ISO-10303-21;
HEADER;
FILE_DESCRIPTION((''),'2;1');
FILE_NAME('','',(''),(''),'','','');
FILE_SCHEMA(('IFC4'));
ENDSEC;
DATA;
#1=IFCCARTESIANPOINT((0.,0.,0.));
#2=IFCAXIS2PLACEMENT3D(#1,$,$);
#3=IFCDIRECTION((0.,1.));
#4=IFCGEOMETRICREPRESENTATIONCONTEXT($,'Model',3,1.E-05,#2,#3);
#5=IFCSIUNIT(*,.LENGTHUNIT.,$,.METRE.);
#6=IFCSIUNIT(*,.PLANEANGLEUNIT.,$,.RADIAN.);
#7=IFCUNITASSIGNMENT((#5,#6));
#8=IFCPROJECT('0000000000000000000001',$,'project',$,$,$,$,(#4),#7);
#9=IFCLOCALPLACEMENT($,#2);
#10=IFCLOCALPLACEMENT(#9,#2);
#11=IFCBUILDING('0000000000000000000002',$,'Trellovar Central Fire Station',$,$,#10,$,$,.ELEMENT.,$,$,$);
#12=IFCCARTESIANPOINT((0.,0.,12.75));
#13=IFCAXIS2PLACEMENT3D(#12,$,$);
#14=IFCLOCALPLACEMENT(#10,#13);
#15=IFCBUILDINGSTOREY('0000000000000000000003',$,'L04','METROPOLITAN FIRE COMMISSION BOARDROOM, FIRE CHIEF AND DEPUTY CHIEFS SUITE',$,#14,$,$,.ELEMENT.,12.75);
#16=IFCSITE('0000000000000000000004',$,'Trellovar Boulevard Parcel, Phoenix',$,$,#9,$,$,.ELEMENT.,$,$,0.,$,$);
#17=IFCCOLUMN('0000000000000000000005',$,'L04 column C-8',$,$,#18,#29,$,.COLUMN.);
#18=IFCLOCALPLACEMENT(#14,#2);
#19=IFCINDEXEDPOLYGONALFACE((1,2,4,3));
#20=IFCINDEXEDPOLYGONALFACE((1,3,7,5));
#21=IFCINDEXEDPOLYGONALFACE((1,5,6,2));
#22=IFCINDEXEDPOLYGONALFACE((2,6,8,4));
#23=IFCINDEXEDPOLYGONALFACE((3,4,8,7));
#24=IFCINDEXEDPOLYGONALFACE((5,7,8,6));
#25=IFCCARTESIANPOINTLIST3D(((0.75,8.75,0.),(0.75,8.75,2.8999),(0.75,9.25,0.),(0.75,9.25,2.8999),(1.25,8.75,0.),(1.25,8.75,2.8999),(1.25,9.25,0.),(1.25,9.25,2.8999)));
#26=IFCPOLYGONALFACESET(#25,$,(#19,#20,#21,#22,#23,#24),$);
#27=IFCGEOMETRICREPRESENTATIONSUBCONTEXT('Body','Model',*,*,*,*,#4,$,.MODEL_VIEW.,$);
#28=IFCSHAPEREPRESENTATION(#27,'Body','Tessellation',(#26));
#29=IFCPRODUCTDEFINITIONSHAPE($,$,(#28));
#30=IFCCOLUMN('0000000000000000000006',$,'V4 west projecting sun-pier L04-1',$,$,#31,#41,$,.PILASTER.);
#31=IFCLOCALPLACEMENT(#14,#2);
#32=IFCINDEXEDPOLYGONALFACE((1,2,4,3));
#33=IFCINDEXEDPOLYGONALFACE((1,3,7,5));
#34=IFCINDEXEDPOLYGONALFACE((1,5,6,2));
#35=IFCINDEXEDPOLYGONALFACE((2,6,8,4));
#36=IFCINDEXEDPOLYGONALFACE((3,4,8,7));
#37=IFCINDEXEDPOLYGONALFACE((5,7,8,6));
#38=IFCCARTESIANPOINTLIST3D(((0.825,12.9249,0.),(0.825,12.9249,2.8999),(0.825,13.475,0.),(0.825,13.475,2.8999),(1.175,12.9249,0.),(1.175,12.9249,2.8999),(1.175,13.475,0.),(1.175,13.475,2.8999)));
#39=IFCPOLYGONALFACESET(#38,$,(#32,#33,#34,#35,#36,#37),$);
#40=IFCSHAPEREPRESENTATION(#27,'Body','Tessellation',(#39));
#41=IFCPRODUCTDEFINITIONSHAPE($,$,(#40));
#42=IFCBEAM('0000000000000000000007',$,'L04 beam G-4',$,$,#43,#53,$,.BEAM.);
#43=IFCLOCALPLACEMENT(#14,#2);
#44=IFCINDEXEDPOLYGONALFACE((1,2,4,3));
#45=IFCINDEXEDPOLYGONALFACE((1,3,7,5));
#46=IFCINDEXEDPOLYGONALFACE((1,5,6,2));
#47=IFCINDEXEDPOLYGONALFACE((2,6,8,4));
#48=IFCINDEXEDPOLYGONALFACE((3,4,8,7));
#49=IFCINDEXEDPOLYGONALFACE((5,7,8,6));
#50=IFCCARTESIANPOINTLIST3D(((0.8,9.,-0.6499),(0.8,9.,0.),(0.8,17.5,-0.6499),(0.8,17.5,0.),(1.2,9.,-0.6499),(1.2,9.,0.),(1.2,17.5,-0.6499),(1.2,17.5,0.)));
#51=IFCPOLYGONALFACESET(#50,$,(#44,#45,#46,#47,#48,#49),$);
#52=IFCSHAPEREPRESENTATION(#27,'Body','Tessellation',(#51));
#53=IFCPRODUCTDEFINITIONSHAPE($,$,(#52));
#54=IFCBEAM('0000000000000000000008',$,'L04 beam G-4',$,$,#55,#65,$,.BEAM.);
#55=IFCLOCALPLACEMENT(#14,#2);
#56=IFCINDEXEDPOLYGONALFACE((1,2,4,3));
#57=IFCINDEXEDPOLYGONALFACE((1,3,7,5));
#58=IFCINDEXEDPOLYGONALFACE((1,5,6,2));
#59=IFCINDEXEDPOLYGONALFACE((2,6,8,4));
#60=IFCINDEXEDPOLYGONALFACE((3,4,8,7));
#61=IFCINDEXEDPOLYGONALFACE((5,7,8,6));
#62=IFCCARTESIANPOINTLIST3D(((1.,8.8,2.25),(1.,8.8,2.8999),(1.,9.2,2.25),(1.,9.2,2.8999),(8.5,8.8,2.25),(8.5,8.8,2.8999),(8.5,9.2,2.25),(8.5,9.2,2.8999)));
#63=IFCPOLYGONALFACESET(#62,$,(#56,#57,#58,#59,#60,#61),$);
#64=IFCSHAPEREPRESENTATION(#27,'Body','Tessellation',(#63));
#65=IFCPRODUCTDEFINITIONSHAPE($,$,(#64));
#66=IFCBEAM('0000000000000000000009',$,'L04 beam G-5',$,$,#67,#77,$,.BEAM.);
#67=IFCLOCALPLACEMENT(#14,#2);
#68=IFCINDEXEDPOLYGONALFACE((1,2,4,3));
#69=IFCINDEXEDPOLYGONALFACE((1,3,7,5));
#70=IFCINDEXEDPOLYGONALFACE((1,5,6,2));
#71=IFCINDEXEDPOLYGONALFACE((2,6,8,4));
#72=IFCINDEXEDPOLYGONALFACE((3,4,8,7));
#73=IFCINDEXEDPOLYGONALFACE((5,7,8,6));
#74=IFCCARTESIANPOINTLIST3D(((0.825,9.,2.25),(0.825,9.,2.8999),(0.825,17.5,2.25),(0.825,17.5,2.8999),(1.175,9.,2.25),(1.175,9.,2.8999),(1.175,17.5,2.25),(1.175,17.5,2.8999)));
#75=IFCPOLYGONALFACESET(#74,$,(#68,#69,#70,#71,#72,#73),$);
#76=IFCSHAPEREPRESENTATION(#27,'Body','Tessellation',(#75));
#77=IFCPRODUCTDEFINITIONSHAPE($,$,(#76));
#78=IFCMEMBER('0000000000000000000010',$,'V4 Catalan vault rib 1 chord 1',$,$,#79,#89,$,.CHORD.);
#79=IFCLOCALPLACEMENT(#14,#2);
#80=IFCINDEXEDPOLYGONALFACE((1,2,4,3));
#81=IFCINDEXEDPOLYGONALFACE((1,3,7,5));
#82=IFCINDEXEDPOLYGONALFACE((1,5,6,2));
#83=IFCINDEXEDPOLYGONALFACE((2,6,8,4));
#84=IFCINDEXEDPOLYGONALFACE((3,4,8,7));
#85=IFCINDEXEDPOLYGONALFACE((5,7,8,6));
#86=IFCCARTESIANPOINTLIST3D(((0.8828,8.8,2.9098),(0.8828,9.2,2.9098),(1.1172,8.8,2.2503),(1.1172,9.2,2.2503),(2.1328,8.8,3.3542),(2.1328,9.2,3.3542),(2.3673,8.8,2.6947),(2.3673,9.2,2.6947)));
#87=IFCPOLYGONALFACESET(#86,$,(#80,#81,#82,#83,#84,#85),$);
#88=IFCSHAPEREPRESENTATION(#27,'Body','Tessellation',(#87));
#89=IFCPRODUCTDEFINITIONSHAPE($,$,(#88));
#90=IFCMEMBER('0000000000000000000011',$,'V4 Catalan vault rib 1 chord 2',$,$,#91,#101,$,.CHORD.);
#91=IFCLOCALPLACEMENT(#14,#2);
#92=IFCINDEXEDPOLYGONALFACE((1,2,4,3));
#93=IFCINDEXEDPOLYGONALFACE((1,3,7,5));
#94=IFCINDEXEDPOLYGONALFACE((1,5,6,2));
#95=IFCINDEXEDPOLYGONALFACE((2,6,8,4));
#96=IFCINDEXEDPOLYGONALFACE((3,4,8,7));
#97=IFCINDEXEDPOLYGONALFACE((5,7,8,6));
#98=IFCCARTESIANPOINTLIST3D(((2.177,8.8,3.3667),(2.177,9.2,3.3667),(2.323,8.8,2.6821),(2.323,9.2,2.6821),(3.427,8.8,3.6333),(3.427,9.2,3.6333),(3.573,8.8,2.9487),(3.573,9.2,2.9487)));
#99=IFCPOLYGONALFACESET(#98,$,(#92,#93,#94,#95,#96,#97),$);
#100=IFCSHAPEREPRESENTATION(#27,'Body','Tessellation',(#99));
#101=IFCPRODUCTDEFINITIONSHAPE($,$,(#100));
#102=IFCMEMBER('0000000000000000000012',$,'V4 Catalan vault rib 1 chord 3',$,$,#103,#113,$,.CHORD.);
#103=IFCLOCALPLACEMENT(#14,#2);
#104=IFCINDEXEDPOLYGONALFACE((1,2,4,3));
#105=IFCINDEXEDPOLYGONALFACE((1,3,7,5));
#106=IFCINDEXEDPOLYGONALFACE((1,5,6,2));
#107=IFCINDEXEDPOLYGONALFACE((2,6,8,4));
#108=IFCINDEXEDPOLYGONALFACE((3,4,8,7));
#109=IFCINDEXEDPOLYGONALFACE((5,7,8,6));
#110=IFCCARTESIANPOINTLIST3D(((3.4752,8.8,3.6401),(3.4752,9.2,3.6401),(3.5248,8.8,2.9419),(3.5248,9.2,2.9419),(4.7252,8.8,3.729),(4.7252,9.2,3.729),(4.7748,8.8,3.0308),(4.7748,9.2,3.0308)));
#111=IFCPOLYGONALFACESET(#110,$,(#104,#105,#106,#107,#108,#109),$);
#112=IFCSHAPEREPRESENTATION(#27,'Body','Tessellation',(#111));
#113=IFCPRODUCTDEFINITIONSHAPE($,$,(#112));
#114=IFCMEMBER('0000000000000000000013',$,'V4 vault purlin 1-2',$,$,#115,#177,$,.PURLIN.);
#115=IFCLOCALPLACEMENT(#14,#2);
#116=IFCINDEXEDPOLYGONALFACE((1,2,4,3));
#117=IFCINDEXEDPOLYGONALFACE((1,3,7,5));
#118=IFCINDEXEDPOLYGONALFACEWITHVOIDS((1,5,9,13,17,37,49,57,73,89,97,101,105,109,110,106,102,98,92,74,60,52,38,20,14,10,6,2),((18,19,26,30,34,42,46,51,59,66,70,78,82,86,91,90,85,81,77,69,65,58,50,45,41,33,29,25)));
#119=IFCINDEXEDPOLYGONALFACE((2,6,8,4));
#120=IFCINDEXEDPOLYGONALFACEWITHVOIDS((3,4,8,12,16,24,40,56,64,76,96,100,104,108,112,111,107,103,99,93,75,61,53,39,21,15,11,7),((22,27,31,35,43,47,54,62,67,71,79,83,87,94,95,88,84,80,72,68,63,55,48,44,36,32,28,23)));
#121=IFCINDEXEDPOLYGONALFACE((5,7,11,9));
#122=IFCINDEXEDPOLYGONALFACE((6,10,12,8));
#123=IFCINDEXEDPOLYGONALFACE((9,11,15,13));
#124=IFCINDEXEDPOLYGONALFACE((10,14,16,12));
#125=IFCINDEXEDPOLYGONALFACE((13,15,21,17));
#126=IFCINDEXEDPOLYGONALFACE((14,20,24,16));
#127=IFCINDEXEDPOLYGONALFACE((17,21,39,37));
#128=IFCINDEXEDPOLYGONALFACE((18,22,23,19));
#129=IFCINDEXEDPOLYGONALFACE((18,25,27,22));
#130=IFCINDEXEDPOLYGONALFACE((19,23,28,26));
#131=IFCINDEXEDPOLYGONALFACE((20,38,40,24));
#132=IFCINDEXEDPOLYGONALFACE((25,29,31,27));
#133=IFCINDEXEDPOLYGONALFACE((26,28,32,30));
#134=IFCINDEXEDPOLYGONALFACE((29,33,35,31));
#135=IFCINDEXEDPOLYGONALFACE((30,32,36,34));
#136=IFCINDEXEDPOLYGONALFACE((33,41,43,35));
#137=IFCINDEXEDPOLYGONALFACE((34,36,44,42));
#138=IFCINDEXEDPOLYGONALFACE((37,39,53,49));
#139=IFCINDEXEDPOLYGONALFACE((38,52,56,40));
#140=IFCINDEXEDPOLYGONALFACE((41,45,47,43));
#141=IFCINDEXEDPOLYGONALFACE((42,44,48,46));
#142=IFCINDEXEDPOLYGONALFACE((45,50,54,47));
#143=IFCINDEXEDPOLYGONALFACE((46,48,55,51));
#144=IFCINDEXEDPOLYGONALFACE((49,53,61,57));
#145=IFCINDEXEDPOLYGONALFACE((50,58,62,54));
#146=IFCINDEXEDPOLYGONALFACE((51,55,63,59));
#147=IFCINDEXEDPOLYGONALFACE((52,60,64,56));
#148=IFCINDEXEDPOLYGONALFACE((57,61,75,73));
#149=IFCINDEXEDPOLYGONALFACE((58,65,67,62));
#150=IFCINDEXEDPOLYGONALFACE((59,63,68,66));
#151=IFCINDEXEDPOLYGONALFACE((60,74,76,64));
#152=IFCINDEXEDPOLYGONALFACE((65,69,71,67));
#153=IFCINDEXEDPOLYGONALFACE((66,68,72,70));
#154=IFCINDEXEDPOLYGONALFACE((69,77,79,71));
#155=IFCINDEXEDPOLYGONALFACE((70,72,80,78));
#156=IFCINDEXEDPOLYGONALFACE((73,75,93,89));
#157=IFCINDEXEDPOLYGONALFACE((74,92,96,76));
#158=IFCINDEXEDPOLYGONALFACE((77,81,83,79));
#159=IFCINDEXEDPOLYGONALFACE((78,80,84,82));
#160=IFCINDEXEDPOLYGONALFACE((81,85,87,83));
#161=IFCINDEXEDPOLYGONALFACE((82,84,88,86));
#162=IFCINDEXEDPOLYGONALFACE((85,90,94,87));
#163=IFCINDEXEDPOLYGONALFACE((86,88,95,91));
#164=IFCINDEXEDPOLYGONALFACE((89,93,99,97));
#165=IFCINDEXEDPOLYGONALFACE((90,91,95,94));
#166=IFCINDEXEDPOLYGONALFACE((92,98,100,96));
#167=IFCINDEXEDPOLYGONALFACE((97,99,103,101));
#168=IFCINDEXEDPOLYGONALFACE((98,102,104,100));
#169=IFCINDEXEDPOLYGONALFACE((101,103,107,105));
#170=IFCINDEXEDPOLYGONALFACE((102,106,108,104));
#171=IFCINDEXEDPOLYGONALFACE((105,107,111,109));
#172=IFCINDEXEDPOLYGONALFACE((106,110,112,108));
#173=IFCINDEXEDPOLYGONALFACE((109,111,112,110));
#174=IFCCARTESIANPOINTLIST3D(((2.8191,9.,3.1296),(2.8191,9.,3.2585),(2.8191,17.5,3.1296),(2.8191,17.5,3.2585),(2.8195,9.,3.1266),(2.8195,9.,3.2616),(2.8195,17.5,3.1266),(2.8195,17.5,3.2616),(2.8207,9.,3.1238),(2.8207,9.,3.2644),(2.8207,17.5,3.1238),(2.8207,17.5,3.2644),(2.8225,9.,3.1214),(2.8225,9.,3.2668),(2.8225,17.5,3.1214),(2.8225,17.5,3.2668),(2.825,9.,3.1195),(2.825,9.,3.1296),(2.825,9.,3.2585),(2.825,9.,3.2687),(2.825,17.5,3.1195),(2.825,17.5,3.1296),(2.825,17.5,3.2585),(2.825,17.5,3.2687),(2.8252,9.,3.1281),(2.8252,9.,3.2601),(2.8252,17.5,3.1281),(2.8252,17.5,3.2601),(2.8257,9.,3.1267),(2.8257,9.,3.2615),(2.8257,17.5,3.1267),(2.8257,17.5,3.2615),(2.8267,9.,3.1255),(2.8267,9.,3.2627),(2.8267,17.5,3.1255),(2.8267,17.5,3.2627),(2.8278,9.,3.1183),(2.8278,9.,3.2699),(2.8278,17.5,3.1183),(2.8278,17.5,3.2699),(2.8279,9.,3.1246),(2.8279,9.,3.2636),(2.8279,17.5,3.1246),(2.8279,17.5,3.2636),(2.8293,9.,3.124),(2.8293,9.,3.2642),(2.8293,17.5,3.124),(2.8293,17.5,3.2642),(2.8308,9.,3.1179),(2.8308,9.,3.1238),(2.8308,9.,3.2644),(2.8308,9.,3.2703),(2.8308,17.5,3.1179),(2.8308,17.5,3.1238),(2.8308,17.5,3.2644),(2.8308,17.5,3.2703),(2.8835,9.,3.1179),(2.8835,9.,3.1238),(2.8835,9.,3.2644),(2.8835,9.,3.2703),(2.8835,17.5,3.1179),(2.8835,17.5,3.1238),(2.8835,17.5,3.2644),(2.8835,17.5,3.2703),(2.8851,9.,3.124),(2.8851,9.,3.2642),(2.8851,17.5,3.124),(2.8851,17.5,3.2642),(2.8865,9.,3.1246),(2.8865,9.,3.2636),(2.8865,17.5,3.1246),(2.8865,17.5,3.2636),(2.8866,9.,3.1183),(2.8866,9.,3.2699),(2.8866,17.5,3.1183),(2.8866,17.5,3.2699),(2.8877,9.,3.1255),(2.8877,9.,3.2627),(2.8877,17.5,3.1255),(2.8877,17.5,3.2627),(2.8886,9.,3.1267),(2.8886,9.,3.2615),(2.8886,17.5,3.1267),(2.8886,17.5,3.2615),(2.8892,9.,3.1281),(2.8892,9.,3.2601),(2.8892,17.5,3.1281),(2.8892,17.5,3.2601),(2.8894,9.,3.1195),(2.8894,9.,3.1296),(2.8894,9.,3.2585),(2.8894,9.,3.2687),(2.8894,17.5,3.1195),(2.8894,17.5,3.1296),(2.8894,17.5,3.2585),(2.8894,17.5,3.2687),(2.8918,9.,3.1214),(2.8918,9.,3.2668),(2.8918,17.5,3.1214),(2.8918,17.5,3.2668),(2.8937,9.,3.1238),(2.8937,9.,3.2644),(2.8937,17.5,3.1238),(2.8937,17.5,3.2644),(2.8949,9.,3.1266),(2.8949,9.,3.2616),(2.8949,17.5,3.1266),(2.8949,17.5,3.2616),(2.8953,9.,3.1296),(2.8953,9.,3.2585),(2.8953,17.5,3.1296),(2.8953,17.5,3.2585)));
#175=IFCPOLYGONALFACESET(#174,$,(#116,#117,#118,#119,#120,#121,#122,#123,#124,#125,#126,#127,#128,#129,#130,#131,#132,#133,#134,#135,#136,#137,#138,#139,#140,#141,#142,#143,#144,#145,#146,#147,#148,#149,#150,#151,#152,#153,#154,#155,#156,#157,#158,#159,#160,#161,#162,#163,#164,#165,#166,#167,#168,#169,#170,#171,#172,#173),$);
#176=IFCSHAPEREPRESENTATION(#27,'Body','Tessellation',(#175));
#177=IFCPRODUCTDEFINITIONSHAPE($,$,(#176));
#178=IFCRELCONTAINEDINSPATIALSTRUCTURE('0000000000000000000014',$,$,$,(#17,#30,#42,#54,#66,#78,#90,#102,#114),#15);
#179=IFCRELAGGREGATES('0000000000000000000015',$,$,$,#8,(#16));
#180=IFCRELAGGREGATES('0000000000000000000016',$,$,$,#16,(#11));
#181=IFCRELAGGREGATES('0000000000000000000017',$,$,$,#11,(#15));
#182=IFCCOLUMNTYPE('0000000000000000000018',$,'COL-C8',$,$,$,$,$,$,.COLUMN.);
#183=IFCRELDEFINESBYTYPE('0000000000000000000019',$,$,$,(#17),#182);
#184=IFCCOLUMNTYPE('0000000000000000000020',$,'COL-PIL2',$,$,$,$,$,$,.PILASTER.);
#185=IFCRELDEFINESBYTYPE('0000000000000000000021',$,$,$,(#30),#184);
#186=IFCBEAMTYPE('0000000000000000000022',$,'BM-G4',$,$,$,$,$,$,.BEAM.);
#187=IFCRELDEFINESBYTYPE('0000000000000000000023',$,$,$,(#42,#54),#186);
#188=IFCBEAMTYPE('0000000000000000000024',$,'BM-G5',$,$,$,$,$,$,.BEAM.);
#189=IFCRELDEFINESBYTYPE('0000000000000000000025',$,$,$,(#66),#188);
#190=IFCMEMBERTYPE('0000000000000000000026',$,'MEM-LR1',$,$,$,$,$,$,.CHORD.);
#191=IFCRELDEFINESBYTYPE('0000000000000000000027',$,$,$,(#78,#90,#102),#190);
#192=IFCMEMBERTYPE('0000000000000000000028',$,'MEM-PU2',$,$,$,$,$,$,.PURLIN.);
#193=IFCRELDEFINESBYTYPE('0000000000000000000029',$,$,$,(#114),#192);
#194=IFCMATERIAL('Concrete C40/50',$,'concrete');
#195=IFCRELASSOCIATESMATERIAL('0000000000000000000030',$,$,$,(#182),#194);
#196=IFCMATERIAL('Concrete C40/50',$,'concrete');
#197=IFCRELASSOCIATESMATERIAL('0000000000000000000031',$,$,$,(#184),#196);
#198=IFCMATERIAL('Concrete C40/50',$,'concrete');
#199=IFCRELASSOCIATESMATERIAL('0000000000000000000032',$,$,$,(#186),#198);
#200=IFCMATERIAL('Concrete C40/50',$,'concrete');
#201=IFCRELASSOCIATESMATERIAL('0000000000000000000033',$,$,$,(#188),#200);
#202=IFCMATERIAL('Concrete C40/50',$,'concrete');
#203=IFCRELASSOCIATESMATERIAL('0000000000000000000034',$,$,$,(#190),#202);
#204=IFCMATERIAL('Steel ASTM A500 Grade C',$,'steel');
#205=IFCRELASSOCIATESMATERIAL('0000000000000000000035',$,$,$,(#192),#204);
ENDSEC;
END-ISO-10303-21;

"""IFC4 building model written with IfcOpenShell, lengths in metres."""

from ifc_helpers import new_model, si_unit, direction, frame, origin, origin_2d, place, context, subcontext, project, spatial, rectangle, hollow_rectangle, extrude, material, material_profile, profile_set, type_object, element, save


model = new_model("IFC4")

# Units and contexts
model_context = context("Model", 3, precision=1e-05, world=origin(), true_north=direction((0.0, 1.0)))
body_context = subcontext(model_context, "Body", "Model", "MODEL_VIEW")
ifc_project = project(units=[si_unit("LENGTHUNIT", "METRE"), si_unit("PLANEANGLEUNIT", "RADIAN")], contexts=[model_context])

# Site, building, storey
site_placement = place(None, origin())
site = spatial("IfcSite", under=ifc_project, at=site_placement, Name="Trellovar Boulevard Parcel, Phoenix", CompositionType="ELEMENT", RefElevation=0.0)
building_placement = place(site_placement, origin())
building = spatial("IfcBuilding", under=site, at=building_placement, Name="Trellovar Central Fire Station", CompositionType="ELEMENT")
storey_placement = place(building_placement, frame((0.0, 0.0, 12.75)))
storey = spatial("IfcBuildingStorey", under=building, at=storey_placement, Name="L04", Description="METROPOLITAN FIRE COMMISSION BOARDROOM, FIRE CHIEF AND DEPUTY CHIEFS SUITE", CompositionType="ELEMENT", Elevation=12.75)

# Columns
ifc_material_1 = material(Name="Concrete C40/50", Category="concrete")
ifc_material_profile_1 = material_profile(ifc_material_1, rectangle(XDim=0.5, YDim=0.5, at=origin_2d()), Name="RC500X500")
ifc_profile_set_1 = profile_set([ifc_material_profile_1], Name="Concrete C40/50")
column_type_1 = type_object("IfcColumnType", Name="COL-C8", PredefinedType="COLUMN", material=ifc_profile_set_1)
column_1_placement = place(storey_placement, frame((1.0, 9.0, 0.0), z_axis=(0.0, 0.0, 1.0), x_axis=(1.0, 0.0, 0.0)))
element("IfcColumn", 1, at=column_1_placement, inside=storey, type_object=column_type_1, Name="L04 column C-8", PredefinedType="COLUMN", context=body_context, shape_type="SweptSolid", body=[
    extrude(rectangle(XDim=0.5, YDim=0.5, at=origin_2d()), origin(), (0.0, 0.0, 1.0), 2.8999),
])
ifc_material_2 = material(Name="Concrete C40/50", Category="concrete")
ifc_material_profile_2 = material_profile(ifc_material_2, rectangle(XDim=0.3501, YDim=0.55, at=origin_2d()), Name="RC350X550")
ifc_profile_set_2 = profile_set([ifc_material_profile_2], Name="Concrete C40/50")
column_type_2 = type_object("IfcColumnType", Name="COL-PIL2", PredefinedType="PILASTER", material=ifc_profile_set_2)
column_2_placement = place(storey_placement, frame((1.0, 13.2, 0.0), z_axis=(0.0, 0.0, 1.0), x_axis=(1.0, 0.0, 0.0)))
element("IfcColumn", 2, at=column_2_placement, inside=storey, type_object=column_type_2, Name="V4 west projecting sun-pier L04-1", PredefinedType="PILASTER", context=body_context, shape_type="SweptSolid", body=[
    extrude(rectangle(XDim=0.3501, YDim=0.55, at=origin_2d()), origin(), (0.0, 0.0, 1.0), 2.8999),
])

# Beams
ifc_material_3 = material(Name="Concrete C40/50", Category="concrete")
ifc_material_profile_3 = material_profile(ifc_material_3, rectangle(XDim=0.3999, YDim=0.6499, at=origin_2d()), Name="RC400X650")
ifc_profile_set_3 = profile_set([ifc_material_profile_3], Name="Concrete C40/50")
beam_type_1 = type_object("IfcBeamType", Name="BM-G4", PredefinedType="BEAM", material=ifc_profile_set_3)
beam_1_placement = place(storey_placement, frame((1.0, 9.0, -0.325), z_axis=(0.0, 1.0, 0.0), x_axis=(-1.0, 0.0, 0.0)))
element("IfcBeam", 3, at=beam_1_placement, inside=storey, type_object=beam_type_1, Name="L04 beam G-4", PredefinedType="BEAM", context=body_context, shape_type="SweptSolid", body=[
    extrude(rectangle(XDim=0.3999, YDim=0.6499, at=origin_2d()), origin(), (0.0, 0.0, 1.0), 8.5),
])
beam_2_placement = place(storey_placement, frame((1.0, 9.0, 2.575), z_axis=(1.0, 0.0, 0.0), x_axis=(0.0, 1.0, 0.0)))
element("IfcBeam", 4, at=beam_2_placement, inside=storey, type_object=beam_type_1, Name="L04 beam G-4", PredefinedType="BEAM", context=body_context, shape_type="SweptSolid", body=[
    extrude(rectangle(XDim=0.3999, YDim=0.6499, at=origin_2d()), origin(), (0.0, 0.0, 1.0), 7.5),
])
ifc_material_4 = material(Name="Concrete C40/50", Category="concrete")
ifc_material_profile_4 = material_profile(ifc_material_4, rectangle(XDim=0.3501, YDim=0.6499, at=origin_2d()), Name="RC350X650")
ifc_profile_set_4 = profile_set([ifc_material_profile_4], Name="Concrete C40/50")
beam_type_2 = type_object("IfcBeamType", Name="BM-G5", PredefinedType="BEAM", material=ifc_profile_set_4)
beam_3_placement = place(storey_placement, frame((1.0, 9.0, 2.575), z_axis=(0.0, 1.0, 0.0), x_axis=(-1.0, 0.0, 0.0)))
element("IfcBeam", 5, at=beam_3_placement, inside=storey, type_object=beam_type_2, Name="L04 beam G-5", PredefinedType="BEAM", context=body_context, shape_type="SweptSolid", body=[
    extrude(rectangle(XDim=0.3501, YDim=0.6499, at=origin_2d()), origin(), (0.0, 0.0, 1.0), 8.5),
])

# Members
ifc_material_5 = material(Name="Concrete C40/50", Category="concrete")
ifc_material_profile_5 = material_profile(ifc_material_5, rectangle(XDim=0.3999, YDim=0.7, at=origin_2d()), Name="RC400X700")
ifc_profile_set_5 = profile_set([ifc_material_profile_5], Name="Concrete C40/50")
member_type_1 = type_object("IfcMemberType", Name="MEM-LR1", PredefinedType="CHORD", material=ifc_profile_set_5)
member_1_placement = place(storey_placement, frame((1.0, 9.0, 2.5801), z_axis=(0.942241, 0.0, 0.334937), x_axis=(0.0, 1.0, 0.0)))
element("IfcMember", 6, at=member_1_placement, inside=storey, type_object=member_type_1, Name="V4 Catalan vault rib 1 chord 1", PredefinedType="CHORD", context=body_context, shape_type="SweptSolid", body=[
    extrude(rectangle(XDim=0.3999, YDim=0.7, at=origin_2d()), origin(), (0.0, 0.0, 1.0), 1.3267),
])
member_2_placement = place(storey_placement, frame((2.25, 9.0, 3.0244), z_axis=(0.978003, 0.0, 0.20859), x_axis=(0.0, 1.0, 0.0)))
element("IfcMember", 7, at=member_2_placement, inside=storey, type_object=member_type_1, Name="V4 Catalan vault rib 1 chord 2", PredefinedType="CHORD", context=body_context, shape_type="SweptSolid", body=[
    extrude(rectangle(XDim=0.3999, YDim=0.7, at=origin_2d()), origin(), (0.0, 0.0, 1.0), 1.2781),
])
member_3_placement = place(storey_placement, frame((3.5, 9.0, 3.291), z_axis=(0.997482, 0.0, 0.070915), x_axis=(0.0, 1.0, 0.0)))
element("IfcMember", 8, at=member_3_placement, inside=storey, type_object=member_type_1, Name="V4 Catalan vault rib 1 chord 3", PredefinedType="CHORD", context=body_context, shape_type="SweptSolid", body=[
    extrude(rectangle(XDim=0.3999, YDim=0.7, at=origin_2d()), origin(), (0.0, 0.0, 1.0), 1.2532),
])
ifc_material_6 = material(Name="Steel ASTM A500 Grade C", Category="steel")
ifc_material_profile_6 = material_profile(ifc_material_6, hollow_rectangle(XDim=0.0762, YDim=0.1523, WallThickness=0.0059, InnerFilletRadius=0.0059, OuterFilletRadius=0.0117, at=origin_2d()), Name="HSS6X3X1/4")
ifc_profile_set_6 = profile_set([ifc_material_profile_6], Name="Steel ASTM A500 Grade C")
member_type_2 = type_object("IfcMemberType", Name="MEM-PU2", PredefinedType="PURLIN", material=ifc_profile_set_6)
member_4_placement = place(storey_placement, frame((2.8572, 9.0, 3.1941), z_axis=(0.0, 1.0, 0.0), x_axis=(-1.0, 0.0, 0.0)))
element("IfcMember", 9, at=member_4_placement, inside=storey, type_object=member_type_2, Name="V4 vault purlin 1-2", PredefinedType="PURLIN", context=body_context, shape_type="SweptSolid", body=[
    extrude(hollow_rectangle(XDim=0.0762, YDim=0.1523, WallThickness=0.0059, InnerFilletRadius=0.0059, OuterFilletRadius=0.0117, at=origin_2d()), origin(), (0.0, 0.0, 1.0), 8.5),
])

save(model, "model.ifc")
